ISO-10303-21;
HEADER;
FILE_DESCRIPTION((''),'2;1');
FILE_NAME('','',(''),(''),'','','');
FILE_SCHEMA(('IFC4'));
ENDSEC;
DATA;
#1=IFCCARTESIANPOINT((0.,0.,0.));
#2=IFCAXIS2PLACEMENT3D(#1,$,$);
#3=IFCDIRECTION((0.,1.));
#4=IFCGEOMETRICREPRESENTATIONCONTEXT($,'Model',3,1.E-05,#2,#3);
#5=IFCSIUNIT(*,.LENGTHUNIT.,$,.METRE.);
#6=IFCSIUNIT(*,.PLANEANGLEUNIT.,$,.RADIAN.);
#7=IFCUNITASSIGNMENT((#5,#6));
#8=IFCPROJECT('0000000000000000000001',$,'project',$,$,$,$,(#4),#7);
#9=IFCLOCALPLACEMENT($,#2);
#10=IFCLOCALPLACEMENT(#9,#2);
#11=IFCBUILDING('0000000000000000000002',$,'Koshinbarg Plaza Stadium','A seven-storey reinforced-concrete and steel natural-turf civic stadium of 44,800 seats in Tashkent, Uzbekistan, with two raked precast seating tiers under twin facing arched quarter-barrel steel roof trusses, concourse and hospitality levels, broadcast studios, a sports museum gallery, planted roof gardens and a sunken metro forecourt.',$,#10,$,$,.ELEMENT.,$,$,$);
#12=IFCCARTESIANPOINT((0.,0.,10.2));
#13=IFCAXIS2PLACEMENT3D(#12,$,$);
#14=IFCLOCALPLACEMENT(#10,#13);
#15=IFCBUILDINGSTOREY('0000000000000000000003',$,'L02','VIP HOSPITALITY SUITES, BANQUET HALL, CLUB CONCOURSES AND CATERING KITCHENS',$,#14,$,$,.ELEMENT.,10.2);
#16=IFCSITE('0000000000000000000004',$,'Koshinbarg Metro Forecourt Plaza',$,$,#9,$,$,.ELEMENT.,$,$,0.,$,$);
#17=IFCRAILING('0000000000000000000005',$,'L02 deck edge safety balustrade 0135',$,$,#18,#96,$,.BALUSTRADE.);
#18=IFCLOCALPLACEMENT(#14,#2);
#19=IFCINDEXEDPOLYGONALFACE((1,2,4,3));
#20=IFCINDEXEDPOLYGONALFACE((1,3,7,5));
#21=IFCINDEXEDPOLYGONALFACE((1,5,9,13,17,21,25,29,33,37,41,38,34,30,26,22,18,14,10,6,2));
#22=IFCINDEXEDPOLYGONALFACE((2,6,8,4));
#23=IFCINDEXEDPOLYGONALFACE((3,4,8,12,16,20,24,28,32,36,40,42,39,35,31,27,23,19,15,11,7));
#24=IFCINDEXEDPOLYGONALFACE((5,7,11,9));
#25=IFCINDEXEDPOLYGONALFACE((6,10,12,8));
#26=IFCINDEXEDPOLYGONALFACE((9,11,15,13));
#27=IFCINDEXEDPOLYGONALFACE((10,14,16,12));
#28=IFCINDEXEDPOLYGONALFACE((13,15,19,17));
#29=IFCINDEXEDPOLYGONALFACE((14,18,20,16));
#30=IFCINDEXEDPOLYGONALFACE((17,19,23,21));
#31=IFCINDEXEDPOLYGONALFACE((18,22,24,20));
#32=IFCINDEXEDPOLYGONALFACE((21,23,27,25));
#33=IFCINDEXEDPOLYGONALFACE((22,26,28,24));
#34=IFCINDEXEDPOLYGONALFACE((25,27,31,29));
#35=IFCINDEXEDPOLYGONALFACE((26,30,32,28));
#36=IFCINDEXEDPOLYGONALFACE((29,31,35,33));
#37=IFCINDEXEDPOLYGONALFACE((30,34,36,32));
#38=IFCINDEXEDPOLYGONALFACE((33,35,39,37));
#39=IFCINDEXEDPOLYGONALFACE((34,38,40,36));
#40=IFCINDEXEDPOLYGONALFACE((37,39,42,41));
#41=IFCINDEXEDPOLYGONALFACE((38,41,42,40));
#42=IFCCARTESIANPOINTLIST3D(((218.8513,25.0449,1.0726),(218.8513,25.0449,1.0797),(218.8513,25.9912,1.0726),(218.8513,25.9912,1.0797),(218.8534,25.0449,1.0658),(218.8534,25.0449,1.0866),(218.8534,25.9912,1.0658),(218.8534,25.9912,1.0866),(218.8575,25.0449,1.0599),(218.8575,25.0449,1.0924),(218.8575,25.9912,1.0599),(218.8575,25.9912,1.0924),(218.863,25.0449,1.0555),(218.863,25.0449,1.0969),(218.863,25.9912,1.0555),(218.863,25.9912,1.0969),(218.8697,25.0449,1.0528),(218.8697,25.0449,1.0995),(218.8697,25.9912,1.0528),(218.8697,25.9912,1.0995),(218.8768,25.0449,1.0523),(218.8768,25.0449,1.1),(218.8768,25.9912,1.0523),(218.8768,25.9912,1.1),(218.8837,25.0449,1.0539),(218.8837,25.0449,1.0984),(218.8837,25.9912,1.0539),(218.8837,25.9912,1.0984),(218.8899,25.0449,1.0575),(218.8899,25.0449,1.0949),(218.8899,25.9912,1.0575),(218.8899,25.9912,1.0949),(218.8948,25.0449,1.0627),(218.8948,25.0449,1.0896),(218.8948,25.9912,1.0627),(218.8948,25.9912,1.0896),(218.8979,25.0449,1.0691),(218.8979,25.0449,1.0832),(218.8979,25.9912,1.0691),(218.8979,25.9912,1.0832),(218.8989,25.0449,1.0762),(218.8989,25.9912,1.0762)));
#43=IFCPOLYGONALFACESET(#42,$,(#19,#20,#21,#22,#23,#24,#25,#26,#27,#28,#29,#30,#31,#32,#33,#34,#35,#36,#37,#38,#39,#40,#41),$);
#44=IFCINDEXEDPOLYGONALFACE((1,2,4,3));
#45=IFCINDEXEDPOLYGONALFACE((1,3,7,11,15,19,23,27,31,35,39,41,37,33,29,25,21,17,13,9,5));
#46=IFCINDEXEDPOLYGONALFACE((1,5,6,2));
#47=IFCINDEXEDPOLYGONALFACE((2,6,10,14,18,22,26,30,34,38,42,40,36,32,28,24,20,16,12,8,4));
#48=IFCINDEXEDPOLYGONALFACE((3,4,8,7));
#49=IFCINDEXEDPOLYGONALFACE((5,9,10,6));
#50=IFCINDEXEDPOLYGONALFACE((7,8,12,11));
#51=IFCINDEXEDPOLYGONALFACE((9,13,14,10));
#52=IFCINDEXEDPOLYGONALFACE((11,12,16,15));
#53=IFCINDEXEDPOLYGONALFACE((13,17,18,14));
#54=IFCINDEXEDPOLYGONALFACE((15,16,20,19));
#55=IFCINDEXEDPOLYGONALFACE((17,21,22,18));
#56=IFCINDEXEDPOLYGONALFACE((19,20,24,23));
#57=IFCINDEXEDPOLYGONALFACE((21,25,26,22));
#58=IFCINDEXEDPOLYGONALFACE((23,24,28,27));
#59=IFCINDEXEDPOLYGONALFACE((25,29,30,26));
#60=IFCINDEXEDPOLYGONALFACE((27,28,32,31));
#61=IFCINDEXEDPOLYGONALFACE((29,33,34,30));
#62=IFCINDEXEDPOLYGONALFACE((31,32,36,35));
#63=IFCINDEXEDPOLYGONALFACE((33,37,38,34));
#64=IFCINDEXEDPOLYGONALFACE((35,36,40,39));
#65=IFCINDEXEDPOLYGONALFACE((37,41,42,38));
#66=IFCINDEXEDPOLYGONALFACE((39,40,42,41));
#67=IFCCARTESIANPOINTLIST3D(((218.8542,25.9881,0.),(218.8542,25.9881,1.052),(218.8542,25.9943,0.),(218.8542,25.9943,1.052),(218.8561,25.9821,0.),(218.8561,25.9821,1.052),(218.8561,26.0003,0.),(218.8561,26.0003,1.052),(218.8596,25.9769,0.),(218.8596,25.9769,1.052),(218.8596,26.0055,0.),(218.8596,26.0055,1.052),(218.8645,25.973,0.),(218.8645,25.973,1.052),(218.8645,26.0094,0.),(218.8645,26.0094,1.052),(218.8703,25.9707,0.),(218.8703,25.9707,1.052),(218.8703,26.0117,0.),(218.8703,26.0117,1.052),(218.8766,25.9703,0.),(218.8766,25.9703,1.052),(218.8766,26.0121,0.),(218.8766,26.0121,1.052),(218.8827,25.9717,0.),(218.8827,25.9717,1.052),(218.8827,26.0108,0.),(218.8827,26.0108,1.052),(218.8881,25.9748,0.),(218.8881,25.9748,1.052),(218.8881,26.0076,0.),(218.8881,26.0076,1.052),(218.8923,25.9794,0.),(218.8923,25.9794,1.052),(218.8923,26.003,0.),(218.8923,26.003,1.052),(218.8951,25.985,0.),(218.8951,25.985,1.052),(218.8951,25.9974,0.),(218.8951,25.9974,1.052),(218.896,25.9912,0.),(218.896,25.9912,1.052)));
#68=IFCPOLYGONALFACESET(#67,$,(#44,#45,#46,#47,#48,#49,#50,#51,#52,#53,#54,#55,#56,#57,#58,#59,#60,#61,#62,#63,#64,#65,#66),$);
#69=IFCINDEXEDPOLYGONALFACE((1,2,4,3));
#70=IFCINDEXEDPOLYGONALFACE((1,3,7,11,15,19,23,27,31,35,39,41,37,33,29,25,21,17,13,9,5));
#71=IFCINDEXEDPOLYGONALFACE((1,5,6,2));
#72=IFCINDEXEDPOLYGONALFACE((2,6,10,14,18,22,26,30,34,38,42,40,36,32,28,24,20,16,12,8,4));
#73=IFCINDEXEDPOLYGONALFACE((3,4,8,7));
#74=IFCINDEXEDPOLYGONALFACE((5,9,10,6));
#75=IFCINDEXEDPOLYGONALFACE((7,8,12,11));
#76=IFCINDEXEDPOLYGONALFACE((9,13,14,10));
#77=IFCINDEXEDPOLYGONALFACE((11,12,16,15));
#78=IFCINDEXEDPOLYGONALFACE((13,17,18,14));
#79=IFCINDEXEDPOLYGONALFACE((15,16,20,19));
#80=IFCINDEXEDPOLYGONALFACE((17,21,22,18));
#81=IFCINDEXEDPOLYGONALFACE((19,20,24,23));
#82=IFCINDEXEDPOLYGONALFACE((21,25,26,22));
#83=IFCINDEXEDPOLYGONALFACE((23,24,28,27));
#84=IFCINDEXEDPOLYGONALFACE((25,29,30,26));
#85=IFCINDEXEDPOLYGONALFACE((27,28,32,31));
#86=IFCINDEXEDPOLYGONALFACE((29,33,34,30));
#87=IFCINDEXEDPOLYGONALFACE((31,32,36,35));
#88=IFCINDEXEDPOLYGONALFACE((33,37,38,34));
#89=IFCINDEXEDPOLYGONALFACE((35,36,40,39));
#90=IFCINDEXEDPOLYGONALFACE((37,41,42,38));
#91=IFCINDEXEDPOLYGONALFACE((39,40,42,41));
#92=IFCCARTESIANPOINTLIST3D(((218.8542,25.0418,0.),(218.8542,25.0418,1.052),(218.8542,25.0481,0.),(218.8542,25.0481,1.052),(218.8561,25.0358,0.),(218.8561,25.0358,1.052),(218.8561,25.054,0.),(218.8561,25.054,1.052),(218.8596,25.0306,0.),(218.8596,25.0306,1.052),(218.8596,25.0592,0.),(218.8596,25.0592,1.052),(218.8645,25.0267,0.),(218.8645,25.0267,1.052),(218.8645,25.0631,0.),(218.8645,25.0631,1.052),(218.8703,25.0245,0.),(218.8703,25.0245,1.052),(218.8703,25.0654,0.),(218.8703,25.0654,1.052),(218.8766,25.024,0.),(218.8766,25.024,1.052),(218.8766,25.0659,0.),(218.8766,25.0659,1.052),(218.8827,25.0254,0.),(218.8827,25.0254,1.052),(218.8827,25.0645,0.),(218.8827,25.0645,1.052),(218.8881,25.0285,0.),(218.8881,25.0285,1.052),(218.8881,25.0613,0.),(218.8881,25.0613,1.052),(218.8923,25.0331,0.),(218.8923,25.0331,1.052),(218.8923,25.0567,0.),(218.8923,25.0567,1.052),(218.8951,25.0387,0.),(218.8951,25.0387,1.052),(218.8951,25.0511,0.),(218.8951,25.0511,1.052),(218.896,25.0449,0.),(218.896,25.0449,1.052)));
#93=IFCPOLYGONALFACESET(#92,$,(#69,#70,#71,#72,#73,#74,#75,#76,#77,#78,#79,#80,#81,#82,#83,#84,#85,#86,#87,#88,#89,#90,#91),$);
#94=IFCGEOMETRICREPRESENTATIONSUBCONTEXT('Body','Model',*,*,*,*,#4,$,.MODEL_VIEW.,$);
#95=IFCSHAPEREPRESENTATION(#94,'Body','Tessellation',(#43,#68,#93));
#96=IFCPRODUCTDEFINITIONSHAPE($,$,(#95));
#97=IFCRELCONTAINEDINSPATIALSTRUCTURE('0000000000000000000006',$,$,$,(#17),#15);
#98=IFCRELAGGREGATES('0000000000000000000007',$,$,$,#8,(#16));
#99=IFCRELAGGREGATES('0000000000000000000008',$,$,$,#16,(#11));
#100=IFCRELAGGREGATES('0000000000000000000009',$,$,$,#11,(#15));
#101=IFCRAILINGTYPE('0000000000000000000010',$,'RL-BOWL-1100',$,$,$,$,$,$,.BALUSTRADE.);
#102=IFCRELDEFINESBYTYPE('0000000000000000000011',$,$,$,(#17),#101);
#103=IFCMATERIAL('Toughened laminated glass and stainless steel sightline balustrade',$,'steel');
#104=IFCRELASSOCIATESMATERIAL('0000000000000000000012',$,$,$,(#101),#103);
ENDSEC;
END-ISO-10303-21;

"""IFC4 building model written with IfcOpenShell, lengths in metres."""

from ifc_helpers import new_model, si_unit, direction, frame, origin, origin_2d, place, context, subcontext, project, spatial, circle, extrude, material, type_object, element, save


model = new_model("IFC4")

# Units and contexts
model_context = context("Model", 3, precision=1e-05, world=origin(), true_north=direction((0.0, 1.0)))
body_context = subcontext(model_context, "Body", "Model", "MODEL_VIEW")
ifc_project = project(units=[si_unit("LENGTHUNIT", "METRE"), si_unit("PLANEANGLEUNIT", "RADIAN")], contexts=[model_context])

# Site, building, storey
site_placement = place(None, origin())
site = spatial("IfcSite", under=ifc_project, at=site_placement, Name="Koshinbarg Metro Forecourt Plaza", CompositionType="ELEMENT", RefElevation=0.0)
building_placement = place(site_placement, origin())
building = spatial("IfcBuilding", under=site, at=building_placement, Name="Koshinbarg Plaza Stadium", Description="A seven-storey reinforced-concrete and steel natural-turf civic stadium of 44,800 seats in Tashkent, Uzbekistan, with two raked precast seating tiers under twin facing arched quarter-barrel steel roof trusses, concourse and hospitality levels, broadcast studios, a sports museum gallery, planted roof gardens and a sunken metro forecourt.", CompositionType="ELEMENT")
storey_placement = place(building_placement, frame((0.0, 0.0, 10.2)))
storey = spatial("IfcBuildingStorey", under=building, at=storey_placement, Name="L02", Description="VIP HOSPITALITY SUITES, BANQUET HALL, CLUB CONCOURSES AND CATERING KITCHENS", CompositionType="ELEMENT", Elevation=10.2)

# Railing
ifc_material_1 = material(Name="Toughened laminated glass and stainless steel sightline balustrade", Category="steel")
railing_type_1 = type_object("IfcRailingType", Name="RL-BOWL-1100", PredefinedType="BALUSTRADE", material=ifc_material_1)
railing_1_placement = place(storey_placement, frame((218.875, 25.9912, 0.0)))
element("IfcRailing", 1, at=railing_1_placement, inside=storey, type_object=railing_type_1, Name="L02 deck edge safety balustrade 0135", PredefinedType="BALUSTRADE", context=body_context, shape_type="SweptSolid", body=[
    extrude(circle(Radius=0.0239, at=origin_2d()), frame((0.0, 0.0, 1.0762), z_axis=(0.0, -1.0, 0.0), x_axis=(1.0, 0.0, 0.0)), (0.0, 0.0, 1.0), 0.9463),
    extrude(circle(Radius=0.021, at=origin_2d()), origin(), (0.0, 0.0, 1.0), 1.052),
    extrude(circle(Radius=0.021, at=origin_2d()), frame((0.0, -0.9463, 0.0)), (0.0, 0.0, 1.0), 1.052),
])

save(model, "model.ifc")
